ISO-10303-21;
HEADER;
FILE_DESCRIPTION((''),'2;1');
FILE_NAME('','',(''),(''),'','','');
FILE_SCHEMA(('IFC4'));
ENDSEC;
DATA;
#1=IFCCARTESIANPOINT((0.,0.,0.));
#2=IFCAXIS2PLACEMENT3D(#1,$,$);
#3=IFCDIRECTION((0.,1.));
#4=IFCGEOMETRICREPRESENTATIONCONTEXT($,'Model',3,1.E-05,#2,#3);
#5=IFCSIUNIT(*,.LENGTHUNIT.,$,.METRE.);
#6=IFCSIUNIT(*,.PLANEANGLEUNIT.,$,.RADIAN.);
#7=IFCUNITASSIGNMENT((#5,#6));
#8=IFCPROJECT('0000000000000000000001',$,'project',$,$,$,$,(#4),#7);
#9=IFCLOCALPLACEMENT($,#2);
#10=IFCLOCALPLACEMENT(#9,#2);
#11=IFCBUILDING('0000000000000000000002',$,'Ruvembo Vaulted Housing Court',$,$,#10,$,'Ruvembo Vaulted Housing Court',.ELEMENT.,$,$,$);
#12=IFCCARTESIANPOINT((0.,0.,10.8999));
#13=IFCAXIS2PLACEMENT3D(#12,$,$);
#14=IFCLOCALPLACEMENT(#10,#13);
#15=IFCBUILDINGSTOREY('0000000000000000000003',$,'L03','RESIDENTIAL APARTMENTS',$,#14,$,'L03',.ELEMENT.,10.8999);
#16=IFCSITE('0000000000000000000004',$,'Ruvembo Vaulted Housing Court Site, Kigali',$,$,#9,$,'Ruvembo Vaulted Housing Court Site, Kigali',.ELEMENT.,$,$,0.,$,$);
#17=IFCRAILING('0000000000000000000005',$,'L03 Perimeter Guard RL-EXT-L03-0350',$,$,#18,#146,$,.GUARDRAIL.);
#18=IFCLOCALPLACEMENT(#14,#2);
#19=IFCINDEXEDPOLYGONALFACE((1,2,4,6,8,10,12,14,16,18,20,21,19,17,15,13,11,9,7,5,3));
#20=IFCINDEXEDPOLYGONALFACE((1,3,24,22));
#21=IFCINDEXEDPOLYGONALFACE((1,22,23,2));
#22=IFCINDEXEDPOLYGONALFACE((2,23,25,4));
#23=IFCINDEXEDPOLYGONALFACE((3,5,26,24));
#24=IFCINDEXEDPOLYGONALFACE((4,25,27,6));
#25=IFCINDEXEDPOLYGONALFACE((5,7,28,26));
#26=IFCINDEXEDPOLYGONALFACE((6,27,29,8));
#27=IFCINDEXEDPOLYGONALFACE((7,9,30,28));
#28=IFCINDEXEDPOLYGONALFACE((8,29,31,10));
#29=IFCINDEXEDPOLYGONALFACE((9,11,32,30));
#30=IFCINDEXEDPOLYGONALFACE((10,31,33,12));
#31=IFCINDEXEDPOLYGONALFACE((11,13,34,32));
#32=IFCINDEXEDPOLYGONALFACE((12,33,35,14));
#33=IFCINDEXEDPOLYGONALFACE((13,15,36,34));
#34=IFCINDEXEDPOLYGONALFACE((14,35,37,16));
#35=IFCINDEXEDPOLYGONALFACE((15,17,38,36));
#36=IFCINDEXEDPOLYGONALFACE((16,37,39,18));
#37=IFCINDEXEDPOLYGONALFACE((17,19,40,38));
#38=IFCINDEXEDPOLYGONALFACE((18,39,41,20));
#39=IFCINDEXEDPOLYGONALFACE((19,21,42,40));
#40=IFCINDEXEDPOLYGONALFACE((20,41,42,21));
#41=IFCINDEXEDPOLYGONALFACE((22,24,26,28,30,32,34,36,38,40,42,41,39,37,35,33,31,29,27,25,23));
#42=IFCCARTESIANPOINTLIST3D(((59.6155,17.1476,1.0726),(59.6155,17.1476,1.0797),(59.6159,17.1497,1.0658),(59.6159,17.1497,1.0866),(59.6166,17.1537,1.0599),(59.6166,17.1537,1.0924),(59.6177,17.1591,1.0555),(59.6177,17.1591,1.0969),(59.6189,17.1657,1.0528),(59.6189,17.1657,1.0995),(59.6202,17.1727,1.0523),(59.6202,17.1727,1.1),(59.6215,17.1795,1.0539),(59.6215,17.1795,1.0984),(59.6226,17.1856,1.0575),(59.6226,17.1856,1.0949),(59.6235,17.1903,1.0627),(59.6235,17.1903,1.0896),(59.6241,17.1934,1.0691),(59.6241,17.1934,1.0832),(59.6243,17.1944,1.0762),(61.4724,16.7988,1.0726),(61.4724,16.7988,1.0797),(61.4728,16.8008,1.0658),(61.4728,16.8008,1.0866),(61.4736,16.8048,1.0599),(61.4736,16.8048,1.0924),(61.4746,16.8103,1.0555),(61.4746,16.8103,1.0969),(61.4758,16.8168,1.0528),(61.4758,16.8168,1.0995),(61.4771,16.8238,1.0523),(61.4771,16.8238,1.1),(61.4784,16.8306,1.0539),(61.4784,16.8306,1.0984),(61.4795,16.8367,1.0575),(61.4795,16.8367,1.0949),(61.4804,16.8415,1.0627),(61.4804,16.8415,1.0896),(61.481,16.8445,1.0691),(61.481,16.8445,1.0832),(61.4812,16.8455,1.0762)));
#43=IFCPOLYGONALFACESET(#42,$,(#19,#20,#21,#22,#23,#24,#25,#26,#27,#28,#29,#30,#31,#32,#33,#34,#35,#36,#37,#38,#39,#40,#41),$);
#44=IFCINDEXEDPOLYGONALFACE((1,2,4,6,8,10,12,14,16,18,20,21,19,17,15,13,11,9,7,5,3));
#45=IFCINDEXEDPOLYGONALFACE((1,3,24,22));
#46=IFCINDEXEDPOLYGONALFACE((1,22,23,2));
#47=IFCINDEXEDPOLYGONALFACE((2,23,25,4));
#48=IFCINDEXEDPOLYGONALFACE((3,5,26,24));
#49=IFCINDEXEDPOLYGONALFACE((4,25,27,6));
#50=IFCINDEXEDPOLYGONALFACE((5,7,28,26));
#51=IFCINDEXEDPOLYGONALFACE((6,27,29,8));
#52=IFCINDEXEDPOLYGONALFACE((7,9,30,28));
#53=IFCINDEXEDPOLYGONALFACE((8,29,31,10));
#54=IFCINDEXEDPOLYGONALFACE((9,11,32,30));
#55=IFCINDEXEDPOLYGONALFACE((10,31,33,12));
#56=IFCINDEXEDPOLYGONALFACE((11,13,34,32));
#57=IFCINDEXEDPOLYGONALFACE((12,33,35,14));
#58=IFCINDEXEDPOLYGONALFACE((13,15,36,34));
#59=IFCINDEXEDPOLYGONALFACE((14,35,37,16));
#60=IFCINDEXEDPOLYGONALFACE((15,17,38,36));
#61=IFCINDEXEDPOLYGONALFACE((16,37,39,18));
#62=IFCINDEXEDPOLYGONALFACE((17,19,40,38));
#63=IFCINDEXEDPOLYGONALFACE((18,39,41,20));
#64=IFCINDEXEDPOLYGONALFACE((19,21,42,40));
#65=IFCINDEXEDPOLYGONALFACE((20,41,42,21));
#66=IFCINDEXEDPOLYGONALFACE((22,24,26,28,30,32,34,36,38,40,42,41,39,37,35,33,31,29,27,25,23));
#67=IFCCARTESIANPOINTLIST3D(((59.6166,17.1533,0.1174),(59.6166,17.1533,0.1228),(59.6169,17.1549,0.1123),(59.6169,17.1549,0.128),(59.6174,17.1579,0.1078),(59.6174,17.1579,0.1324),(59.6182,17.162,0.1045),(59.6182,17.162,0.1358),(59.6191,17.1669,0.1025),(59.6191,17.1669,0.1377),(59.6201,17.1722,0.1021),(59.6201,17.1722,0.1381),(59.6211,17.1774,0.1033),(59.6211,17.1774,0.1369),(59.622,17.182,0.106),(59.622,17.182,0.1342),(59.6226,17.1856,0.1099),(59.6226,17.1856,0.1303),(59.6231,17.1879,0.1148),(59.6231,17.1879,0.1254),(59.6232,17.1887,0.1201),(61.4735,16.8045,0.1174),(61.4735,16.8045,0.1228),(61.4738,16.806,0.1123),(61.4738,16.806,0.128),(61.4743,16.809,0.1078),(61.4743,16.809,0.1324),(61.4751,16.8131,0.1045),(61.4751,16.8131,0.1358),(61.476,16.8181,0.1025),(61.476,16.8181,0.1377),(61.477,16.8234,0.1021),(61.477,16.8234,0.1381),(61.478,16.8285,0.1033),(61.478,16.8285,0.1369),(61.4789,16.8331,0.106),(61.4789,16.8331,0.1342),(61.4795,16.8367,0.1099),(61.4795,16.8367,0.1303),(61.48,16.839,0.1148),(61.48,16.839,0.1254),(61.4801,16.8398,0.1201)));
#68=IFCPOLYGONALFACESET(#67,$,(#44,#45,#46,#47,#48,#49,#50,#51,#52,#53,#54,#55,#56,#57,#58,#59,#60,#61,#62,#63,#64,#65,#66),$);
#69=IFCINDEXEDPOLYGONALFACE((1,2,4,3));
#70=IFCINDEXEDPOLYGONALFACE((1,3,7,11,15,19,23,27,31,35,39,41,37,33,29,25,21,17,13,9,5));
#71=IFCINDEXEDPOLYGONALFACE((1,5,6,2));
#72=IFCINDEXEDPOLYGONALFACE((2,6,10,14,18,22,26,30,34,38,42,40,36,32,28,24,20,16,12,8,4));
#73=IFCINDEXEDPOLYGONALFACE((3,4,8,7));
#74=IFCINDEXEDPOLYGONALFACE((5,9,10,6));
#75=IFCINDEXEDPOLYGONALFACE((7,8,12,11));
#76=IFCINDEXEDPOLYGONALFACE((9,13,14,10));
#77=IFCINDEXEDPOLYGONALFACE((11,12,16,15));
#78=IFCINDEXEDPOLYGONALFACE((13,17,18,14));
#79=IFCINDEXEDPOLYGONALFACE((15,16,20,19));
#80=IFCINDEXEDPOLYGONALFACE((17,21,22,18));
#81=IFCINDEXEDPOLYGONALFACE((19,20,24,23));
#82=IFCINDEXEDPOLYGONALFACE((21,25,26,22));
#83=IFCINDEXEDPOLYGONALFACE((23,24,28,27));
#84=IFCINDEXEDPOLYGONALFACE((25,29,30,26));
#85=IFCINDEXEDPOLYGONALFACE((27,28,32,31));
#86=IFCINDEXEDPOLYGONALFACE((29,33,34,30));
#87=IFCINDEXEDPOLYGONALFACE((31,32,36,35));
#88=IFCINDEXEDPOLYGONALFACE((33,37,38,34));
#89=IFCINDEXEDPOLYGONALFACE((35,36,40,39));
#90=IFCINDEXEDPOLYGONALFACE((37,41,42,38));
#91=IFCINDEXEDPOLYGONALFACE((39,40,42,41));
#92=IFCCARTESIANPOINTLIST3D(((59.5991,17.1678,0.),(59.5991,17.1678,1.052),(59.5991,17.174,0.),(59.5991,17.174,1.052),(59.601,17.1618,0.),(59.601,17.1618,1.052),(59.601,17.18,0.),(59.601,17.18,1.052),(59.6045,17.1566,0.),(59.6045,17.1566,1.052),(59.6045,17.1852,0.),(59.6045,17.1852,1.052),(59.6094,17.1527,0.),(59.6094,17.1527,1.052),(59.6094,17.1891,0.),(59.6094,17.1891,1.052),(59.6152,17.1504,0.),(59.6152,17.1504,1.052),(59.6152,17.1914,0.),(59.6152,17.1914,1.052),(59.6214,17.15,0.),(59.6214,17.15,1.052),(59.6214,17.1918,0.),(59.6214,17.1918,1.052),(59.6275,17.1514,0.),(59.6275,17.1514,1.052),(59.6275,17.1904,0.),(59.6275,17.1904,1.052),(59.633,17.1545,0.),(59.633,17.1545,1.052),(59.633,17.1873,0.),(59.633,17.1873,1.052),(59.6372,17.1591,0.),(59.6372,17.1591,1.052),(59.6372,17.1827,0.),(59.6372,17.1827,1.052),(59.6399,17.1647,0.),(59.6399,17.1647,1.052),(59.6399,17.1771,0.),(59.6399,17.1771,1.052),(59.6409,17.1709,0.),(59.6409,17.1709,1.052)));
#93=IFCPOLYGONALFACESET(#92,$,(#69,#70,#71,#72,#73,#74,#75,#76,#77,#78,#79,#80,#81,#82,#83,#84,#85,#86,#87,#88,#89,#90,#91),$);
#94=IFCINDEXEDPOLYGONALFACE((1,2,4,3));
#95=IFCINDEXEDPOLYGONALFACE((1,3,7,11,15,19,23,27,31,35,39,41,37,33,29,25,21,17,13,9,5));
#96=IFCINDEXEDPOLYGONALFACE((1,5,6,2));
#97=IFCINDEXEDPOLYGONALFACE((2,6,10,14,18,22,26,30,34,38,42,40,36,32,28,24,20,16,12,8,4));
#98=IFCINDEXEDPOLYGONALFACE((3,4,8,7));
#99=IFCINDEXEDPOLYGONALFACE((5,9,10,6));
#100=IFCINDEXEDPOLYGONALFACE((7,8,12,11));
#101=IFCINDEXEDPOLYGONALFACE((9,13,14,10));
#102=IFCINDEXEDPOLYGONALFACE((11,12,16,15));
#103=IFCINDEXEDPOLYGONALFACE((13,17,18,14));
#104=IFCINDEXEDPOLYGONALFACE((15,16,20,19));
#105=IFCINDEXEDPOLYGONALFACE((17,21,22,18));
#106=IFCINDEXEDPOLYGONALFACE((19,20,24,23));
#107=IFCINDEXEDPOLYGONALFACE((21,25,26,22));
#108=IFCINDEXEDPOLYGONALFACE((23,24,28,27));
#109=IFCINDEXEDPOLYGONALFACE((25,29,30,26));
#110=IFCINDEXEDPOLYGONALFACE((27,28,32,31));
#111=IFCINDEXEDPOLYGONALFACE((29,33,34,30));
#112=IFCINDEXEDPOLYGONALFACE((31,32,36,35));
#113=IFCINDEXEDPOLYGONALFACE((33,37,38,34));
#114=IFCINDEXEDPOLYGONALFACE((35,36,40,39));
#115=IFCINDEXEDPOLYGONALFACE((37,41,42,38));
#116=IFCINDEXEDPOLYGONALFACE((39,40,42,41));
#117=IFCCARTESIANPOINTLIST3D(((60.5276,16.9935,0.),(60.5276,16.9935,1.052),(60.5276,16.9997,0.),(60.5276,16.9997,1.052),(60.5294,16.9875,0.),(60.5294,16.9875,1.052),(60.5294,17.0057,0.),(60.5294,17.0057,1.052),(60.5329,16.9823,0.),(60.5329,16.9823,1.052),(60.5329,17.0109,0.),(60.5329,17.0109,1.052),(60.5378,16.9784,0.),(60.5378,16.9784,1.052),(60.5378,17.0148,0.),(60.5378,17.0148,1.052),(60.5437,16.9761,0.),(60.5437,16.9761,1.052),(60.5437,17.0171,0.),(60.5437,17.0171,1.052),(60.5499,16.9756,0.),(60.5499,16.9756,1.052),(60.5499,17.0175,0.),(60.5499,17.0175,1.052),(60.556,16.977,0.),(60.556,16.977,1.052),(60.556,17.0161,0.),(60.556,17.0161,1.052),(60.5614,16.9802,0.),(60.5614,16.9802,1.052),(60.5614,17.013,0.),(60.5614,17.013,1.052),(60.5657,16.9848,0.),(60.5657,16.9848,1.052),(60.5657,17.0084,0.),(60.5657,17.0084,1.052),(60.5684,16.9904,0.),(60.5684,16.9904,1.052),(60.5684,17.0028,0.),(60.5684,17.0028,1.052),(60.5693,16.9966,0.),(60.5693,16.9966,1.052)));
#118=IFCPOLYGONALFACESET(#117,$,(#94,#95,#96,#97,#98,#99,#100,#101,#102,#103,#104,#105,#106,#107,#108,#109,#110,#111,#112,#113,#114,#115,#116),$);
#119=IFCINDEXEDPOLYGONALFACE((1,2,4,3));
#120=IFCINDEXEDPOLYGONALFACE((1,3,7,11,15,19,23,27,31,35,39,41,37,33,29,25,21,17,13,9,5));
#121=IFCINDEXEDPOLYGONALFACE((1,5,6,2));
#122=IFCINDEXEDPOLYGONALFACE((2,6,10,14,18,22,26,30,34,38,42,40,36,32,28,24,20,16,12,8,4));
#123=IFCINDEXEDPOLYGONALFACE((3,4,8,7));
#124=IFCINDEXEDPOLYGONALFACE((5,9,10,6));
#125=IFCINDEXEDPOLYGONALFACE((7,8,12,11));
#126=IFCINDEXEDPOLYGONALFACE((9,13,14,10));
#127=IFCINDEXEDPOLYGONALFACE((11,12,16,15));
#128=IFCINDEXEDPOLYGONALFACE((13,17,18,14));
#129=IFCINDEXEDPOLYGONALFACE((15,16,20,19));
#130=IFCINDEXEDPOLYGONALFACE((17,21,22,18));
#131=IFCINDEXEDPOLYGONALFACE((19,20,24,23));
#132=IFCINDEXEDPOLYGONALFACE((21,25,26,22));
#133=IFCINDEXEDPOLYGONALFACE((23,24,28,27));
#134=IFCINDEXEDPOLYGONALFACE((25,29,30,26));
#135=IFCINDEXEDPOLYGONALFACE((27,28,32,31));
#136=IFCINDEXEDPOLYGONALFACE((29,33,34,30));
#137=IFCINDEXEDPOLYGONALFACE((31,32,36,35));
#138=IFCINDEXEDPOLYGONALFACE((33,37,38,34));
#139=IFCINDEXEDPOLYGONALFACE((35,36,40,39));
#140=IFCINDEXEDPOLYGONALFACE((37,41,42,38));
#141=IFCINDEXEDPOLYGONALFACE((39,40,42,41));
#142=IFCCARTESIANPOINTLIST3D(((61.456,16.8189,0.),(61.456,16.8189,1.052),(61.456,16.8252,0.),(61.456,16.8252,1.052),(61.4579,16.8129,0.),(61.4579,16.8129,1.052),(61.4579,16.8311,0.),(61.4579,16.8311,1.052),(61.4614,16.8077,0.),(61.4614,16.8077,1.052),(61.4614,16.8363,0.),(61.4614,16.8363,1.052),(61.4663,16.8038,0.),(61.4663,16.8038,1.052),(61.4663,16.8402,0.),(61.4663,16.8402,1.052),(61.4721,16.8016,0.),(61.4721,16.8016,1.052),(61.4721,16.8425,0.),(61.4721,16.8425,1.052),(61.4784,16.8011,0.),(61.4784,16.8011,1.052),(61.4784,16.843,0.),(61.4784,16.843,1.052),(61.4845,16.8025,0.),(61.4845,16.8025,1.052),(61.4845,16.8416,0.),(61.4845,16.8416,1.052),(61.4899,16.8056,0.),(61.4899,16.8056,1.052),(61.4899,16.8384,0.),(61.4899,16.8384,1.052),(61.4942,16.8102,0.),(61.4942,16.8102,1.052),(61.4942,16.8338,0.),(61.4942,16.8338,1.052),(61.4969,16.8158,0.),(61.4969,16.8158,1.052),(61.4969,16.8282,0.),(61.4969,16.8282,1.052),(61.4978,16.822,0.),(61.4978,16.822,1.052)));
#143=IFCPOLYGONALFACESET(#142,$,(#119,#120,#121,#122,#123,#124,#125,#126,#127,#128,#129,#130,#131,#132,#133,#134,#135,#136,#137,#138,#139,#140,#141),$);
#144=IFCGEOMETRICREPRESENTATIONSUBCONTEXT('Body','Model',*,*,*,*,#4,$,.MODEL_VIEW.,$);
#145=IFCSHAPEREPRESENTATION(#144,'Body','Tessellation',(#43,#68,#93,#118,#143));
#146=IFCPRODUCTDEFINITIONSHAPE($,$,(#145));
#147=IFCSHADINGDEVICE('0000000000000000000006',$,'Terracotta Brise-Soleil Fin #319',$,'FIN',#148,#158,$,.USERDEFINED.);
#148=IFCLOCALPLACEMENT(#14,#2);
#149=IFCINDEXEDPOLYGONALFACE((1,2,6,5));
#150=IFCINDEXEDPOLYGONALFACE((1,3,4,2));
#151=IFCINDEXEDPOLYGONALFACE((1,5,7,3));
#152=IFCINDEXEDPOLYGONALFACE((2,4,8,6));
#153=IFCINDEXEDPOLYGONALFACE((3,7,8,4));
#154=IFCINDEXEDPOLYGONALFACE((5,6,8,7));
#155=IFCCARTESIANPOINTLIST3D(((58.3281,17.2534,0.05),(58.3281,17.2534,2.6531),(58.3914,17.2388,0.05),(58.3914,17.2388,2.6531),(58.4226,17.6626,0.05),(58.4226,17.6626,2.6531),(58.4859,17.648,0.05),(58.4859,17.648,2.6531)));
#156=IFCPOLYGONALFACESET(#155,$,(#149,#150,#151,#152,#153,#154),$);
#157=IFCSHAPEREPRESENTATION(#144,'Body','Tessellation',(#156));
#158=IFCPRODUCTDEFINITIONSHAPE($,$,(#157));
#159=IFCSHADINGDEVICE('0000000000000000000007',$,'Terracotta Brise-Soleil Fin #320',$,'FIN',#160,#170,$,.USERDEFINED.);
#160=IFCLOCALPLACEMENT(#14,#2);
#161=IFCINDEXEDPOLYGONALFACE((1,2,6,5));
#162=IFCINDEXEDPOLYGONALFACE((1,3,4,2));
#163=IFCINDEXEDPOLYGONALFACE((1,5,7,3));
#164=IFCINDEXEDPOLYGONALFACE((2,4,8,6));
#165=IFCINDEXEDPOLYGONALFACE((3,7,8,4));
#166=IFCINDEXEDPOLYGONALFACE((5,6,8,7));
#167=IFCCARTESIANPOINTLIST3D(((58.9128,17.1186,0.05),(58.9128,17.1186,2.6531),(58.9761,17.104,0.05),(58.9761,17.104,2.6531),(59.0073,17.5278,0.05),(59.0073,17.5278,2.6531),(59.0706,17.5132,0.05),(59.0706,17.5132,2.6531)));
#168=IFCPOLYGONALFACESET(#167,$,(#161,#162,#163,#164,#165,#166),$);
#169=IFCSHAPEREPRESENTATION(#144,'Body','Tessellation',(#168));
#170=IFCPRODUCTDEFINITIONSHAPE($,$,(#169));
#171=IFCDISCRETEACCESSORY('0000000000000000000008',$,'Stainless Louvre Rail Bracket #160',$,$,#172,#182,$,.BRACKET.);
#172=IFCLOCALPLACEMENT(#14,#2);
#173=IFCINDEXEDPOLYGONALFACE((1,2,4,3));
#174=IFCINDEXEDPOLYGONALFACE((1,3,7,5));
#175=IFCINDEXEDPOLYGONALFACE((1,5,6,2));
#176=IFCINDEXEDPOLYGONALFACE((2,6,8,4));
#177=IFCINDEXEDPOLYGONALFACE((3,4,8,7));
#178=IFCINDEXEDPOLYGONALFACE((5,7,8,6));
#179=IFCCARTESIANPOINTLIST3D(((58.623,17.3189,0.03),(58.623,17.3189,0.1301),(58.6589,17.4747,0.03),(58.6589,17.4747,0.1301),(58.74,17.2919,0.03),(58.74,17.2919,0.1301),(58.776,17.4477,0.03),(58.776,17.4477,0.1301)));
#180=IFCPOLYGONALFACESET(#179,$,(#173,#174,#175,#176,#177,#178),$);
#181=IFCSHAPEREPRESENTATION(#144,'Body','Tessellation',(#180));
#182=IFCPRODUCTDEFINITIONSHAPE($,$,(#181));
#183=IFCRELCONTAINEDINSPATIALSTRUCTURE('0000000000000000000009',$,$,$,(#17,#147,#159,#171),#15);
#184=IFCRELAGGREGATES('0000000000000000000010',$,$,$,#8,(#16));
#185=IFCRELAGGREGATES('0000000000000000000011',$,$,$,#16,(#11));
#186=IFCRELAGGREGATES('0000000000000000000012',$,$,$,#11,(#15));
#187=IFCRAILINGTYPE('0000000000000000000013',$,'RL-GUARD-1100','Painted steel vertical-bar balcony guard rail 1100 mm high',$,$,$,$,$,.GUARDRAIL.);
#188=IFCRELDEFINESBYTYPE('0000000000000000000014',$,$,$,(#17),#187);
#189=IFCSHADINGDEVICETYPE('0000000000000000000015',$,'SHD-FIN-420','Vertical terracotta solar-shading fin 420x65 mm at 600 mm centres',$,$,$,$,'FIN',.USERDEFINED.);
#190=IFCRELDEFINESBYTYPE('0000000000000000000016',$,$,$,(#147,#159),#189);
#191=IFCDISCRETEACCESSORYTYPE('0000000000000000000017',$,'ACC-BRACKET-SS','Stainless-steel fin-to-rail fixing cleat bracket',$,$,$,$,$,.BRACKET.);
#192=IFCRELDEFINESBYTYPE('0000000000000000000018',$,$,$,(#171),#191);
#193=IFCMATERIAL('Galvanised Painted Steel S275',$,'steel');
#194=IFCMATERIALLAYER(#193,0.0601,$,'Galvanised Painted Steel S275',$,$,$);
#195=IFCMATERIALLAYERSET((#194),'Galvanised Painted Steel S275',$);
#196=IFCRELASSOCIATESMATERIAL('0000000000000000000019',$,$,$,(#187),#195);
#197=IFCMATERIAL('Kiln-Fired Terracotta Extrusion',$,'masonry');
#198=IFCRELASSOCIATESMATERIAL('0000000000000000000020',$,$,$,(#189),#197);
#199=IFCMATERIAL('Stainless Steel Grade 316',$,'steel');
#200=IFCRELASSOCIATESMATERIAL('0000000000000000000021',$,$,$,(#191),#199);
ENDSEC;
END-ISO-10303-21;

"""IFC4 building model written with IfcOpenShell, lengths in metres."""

from ifc_helpers import new_model, si_unit, direction, frame, origin, origin_2d, place, context, subcontext, project, spatial, rectangle, circle, extrude, material, layer, layer_set, type_object, element, save


model = new_model("IFC4")

# Units and contexts
model_context = context("Model", 3, precision=1e-05, world=origin(), true_north=direction((0.0, 1.0)))
body_context = subcontext(model_context, "Body", "Model", "MODEL_VIEW")
ifc_project = project(units=[si_unit("LENGTHUNIT", "METRE"), si_unit("PLANEANGLEUNIT", "RADIAN")], contexts=[model_context])

# Site, building, storey
site_placement = place(None, origin())
site = spatial("IfcSite", under=ifc_project, at=site_placement, Name="Ruvembo Vaulted Housing Court Site, Kigali", LongName="Ruvembo Vaulted Housing Court Site, Kigali", CompositionType="ELEMENT", RefElevation=0.0)
building_placement = place(site_placement, origin())
building = spatial("IfcBuilding", under=site, at=building_placement, Name="Ruvembo Vaulted Housing Court", LongName="Ruvembo Vaulted Housing Court", CompositionType="ELEMENT")
storey_placement = place(building_placement, frame((0.0, 0.0, 10.8999)))
storey = spatial("IfcBuildingStorey", under=building, at=storey_placement, Name="L03", Description="RESIDENTIAL APARTMENTS", LongName="L03", CompositionType="ELEMENT", Elevation=10.8999)

# Railing
ifc_material_1 = material(Name="Galvanised Painted Steel S275", Category="steel")
ifc_layer_1 = layer(ifc_material_1, 0.0601, Name="Galvanised Painted Steel S275")
ifc_layer_set_1 = layer_set([ifc_layer_1], Name="Galvanised Painted Steel S275")
railing_type = type_object("IfcRailingType", Name="RL-GUARD-1100", Description="Painted steel vertical-bar balcony guard rail 1100 mm high", PredefinedType="GUARDRAIL", material=ifc_layer_set_1)
railing_1_placement = place(storey_placement, frame((59.6199, 17.1709, 0.0)))
element("IfcRailing", 1, at=railing_1_placement, inside=storey, type_object=railing_type, Name="L03 Perimeter Guard RL-EXT-L03-0350", PredefinedType="GUARDRAIL", context=body_context, shape_type="SweptSolid", body=[
    extrude(circle(Radius=0.0239, at=origin_2d()), frame((0.0, 0.0, 1.0762), z_axis=(0.982805, -0.184647, 0.0), x_axis=(0.184647, 0.982805, 0.0)), (0.0, 0.0, 1.0), 1.8894),
    extrude(circle(Radius=0.0181, at=origin_2d()), frame((0.0, 0.0, 0.1201), z_axis=(0.982805, -0.184647, 0.0), x_axis=(0.184647, 0.982805, 0.0)), (0.0, 0.0, 1.0), 1.8894),
    extrude(circle(Radius=0.021, at=origin_2d()), origin(), (0.0, 0.0, 1.0), 1.052),
    extrude(circle(Radius=0.021, at=origin_2d()), frame((0.9285, -0.1743, 0.0)), (0.0, 0.0, 1.0), 1.052),
    extrude(circle(Radius=0.021, at=origin_2d()), frame((1.8569, -0.3489, 0.0)), (0.0, 0.0, 1.0), 1.052),
])

# Shading devices
ifc_material_2 = material(Name="Kiln-Fired Terracotta Extrusion", Category="masonry")
shading_device_type = type_object("IfcShadingDeviceType", Name="SHD-FIN-420", Description="Vertical terracotta solar-shading fin 420x65 mm at 600 mm centres", ElementType="FIN", PredefinedType="USERDEFINED", material=ifc_material_2)
for number, where, z_axis, x_axis, name in (
    (2, (58.407, 17.4507, 0.05), (0.0, 0.0, 1.0), (-0.224951, -0.97437, 0.0), "Terracotta Brise-Soleil Fin #319"),
    (3, (58.9917, 17.3159, 0.05), (0.0, 0.0, 1.0), (-0.224951, -0.97437, 0.0), "Terracotta Brise-Soleil Fin #320"),
):
    element("IfcShadingDevice", number, at=place(storey_placement, frame(where, z_axis=z_axis, x_axis=x_axis)), inside=storey, type_object=shading_device_type, Name=name, ObjectType="FIN", PredefinedType="USERDEFINED", context=body_context, shape_type="SweptSolid", body=[
        extrude(rectangle(XDim=0.4199, YDim=0.0649, at=origin_2d()), origin(), (0.0, 0.0, 1.0), 2.603),
    ])

# Discrete accessory
ifc_material_3 = material(Name="Stainless Steel Grade 316", Category="steel")
discrete_accessory_type = type_object("IfcDiscreteAccessoryType", Name="ACC-BRACKET-SS", Description="Stainless-steel fin-to-rail fixing cleat bracket", PredefinedType="BRACKET", material=ifc_material_3)
discrete_accessory_placement = place(storey_placement, frame((58.6995, 17.3833, 0.03), z_axis=(0.0, 0.0, 1.0), x_axis=(-0.224951, -0.97437, 0.0)))
element("IfcDiscreteAccessory", 4, at=discrete_accessory_placement, inside=storey, type_object=discrete_accessory_type, Name="Stainless Louvre Rail Bracket #160", PredefinedType="BRACKET", context=body_context, shape_type="SweptSolid", body=[
    extrude(rectangle(XDim=0.1599, YDim=0.1201, at=origin_2d()), origin(), (0.0, 0.0, 1.0), 0.1001),
])

save(model, "model.ifc")
